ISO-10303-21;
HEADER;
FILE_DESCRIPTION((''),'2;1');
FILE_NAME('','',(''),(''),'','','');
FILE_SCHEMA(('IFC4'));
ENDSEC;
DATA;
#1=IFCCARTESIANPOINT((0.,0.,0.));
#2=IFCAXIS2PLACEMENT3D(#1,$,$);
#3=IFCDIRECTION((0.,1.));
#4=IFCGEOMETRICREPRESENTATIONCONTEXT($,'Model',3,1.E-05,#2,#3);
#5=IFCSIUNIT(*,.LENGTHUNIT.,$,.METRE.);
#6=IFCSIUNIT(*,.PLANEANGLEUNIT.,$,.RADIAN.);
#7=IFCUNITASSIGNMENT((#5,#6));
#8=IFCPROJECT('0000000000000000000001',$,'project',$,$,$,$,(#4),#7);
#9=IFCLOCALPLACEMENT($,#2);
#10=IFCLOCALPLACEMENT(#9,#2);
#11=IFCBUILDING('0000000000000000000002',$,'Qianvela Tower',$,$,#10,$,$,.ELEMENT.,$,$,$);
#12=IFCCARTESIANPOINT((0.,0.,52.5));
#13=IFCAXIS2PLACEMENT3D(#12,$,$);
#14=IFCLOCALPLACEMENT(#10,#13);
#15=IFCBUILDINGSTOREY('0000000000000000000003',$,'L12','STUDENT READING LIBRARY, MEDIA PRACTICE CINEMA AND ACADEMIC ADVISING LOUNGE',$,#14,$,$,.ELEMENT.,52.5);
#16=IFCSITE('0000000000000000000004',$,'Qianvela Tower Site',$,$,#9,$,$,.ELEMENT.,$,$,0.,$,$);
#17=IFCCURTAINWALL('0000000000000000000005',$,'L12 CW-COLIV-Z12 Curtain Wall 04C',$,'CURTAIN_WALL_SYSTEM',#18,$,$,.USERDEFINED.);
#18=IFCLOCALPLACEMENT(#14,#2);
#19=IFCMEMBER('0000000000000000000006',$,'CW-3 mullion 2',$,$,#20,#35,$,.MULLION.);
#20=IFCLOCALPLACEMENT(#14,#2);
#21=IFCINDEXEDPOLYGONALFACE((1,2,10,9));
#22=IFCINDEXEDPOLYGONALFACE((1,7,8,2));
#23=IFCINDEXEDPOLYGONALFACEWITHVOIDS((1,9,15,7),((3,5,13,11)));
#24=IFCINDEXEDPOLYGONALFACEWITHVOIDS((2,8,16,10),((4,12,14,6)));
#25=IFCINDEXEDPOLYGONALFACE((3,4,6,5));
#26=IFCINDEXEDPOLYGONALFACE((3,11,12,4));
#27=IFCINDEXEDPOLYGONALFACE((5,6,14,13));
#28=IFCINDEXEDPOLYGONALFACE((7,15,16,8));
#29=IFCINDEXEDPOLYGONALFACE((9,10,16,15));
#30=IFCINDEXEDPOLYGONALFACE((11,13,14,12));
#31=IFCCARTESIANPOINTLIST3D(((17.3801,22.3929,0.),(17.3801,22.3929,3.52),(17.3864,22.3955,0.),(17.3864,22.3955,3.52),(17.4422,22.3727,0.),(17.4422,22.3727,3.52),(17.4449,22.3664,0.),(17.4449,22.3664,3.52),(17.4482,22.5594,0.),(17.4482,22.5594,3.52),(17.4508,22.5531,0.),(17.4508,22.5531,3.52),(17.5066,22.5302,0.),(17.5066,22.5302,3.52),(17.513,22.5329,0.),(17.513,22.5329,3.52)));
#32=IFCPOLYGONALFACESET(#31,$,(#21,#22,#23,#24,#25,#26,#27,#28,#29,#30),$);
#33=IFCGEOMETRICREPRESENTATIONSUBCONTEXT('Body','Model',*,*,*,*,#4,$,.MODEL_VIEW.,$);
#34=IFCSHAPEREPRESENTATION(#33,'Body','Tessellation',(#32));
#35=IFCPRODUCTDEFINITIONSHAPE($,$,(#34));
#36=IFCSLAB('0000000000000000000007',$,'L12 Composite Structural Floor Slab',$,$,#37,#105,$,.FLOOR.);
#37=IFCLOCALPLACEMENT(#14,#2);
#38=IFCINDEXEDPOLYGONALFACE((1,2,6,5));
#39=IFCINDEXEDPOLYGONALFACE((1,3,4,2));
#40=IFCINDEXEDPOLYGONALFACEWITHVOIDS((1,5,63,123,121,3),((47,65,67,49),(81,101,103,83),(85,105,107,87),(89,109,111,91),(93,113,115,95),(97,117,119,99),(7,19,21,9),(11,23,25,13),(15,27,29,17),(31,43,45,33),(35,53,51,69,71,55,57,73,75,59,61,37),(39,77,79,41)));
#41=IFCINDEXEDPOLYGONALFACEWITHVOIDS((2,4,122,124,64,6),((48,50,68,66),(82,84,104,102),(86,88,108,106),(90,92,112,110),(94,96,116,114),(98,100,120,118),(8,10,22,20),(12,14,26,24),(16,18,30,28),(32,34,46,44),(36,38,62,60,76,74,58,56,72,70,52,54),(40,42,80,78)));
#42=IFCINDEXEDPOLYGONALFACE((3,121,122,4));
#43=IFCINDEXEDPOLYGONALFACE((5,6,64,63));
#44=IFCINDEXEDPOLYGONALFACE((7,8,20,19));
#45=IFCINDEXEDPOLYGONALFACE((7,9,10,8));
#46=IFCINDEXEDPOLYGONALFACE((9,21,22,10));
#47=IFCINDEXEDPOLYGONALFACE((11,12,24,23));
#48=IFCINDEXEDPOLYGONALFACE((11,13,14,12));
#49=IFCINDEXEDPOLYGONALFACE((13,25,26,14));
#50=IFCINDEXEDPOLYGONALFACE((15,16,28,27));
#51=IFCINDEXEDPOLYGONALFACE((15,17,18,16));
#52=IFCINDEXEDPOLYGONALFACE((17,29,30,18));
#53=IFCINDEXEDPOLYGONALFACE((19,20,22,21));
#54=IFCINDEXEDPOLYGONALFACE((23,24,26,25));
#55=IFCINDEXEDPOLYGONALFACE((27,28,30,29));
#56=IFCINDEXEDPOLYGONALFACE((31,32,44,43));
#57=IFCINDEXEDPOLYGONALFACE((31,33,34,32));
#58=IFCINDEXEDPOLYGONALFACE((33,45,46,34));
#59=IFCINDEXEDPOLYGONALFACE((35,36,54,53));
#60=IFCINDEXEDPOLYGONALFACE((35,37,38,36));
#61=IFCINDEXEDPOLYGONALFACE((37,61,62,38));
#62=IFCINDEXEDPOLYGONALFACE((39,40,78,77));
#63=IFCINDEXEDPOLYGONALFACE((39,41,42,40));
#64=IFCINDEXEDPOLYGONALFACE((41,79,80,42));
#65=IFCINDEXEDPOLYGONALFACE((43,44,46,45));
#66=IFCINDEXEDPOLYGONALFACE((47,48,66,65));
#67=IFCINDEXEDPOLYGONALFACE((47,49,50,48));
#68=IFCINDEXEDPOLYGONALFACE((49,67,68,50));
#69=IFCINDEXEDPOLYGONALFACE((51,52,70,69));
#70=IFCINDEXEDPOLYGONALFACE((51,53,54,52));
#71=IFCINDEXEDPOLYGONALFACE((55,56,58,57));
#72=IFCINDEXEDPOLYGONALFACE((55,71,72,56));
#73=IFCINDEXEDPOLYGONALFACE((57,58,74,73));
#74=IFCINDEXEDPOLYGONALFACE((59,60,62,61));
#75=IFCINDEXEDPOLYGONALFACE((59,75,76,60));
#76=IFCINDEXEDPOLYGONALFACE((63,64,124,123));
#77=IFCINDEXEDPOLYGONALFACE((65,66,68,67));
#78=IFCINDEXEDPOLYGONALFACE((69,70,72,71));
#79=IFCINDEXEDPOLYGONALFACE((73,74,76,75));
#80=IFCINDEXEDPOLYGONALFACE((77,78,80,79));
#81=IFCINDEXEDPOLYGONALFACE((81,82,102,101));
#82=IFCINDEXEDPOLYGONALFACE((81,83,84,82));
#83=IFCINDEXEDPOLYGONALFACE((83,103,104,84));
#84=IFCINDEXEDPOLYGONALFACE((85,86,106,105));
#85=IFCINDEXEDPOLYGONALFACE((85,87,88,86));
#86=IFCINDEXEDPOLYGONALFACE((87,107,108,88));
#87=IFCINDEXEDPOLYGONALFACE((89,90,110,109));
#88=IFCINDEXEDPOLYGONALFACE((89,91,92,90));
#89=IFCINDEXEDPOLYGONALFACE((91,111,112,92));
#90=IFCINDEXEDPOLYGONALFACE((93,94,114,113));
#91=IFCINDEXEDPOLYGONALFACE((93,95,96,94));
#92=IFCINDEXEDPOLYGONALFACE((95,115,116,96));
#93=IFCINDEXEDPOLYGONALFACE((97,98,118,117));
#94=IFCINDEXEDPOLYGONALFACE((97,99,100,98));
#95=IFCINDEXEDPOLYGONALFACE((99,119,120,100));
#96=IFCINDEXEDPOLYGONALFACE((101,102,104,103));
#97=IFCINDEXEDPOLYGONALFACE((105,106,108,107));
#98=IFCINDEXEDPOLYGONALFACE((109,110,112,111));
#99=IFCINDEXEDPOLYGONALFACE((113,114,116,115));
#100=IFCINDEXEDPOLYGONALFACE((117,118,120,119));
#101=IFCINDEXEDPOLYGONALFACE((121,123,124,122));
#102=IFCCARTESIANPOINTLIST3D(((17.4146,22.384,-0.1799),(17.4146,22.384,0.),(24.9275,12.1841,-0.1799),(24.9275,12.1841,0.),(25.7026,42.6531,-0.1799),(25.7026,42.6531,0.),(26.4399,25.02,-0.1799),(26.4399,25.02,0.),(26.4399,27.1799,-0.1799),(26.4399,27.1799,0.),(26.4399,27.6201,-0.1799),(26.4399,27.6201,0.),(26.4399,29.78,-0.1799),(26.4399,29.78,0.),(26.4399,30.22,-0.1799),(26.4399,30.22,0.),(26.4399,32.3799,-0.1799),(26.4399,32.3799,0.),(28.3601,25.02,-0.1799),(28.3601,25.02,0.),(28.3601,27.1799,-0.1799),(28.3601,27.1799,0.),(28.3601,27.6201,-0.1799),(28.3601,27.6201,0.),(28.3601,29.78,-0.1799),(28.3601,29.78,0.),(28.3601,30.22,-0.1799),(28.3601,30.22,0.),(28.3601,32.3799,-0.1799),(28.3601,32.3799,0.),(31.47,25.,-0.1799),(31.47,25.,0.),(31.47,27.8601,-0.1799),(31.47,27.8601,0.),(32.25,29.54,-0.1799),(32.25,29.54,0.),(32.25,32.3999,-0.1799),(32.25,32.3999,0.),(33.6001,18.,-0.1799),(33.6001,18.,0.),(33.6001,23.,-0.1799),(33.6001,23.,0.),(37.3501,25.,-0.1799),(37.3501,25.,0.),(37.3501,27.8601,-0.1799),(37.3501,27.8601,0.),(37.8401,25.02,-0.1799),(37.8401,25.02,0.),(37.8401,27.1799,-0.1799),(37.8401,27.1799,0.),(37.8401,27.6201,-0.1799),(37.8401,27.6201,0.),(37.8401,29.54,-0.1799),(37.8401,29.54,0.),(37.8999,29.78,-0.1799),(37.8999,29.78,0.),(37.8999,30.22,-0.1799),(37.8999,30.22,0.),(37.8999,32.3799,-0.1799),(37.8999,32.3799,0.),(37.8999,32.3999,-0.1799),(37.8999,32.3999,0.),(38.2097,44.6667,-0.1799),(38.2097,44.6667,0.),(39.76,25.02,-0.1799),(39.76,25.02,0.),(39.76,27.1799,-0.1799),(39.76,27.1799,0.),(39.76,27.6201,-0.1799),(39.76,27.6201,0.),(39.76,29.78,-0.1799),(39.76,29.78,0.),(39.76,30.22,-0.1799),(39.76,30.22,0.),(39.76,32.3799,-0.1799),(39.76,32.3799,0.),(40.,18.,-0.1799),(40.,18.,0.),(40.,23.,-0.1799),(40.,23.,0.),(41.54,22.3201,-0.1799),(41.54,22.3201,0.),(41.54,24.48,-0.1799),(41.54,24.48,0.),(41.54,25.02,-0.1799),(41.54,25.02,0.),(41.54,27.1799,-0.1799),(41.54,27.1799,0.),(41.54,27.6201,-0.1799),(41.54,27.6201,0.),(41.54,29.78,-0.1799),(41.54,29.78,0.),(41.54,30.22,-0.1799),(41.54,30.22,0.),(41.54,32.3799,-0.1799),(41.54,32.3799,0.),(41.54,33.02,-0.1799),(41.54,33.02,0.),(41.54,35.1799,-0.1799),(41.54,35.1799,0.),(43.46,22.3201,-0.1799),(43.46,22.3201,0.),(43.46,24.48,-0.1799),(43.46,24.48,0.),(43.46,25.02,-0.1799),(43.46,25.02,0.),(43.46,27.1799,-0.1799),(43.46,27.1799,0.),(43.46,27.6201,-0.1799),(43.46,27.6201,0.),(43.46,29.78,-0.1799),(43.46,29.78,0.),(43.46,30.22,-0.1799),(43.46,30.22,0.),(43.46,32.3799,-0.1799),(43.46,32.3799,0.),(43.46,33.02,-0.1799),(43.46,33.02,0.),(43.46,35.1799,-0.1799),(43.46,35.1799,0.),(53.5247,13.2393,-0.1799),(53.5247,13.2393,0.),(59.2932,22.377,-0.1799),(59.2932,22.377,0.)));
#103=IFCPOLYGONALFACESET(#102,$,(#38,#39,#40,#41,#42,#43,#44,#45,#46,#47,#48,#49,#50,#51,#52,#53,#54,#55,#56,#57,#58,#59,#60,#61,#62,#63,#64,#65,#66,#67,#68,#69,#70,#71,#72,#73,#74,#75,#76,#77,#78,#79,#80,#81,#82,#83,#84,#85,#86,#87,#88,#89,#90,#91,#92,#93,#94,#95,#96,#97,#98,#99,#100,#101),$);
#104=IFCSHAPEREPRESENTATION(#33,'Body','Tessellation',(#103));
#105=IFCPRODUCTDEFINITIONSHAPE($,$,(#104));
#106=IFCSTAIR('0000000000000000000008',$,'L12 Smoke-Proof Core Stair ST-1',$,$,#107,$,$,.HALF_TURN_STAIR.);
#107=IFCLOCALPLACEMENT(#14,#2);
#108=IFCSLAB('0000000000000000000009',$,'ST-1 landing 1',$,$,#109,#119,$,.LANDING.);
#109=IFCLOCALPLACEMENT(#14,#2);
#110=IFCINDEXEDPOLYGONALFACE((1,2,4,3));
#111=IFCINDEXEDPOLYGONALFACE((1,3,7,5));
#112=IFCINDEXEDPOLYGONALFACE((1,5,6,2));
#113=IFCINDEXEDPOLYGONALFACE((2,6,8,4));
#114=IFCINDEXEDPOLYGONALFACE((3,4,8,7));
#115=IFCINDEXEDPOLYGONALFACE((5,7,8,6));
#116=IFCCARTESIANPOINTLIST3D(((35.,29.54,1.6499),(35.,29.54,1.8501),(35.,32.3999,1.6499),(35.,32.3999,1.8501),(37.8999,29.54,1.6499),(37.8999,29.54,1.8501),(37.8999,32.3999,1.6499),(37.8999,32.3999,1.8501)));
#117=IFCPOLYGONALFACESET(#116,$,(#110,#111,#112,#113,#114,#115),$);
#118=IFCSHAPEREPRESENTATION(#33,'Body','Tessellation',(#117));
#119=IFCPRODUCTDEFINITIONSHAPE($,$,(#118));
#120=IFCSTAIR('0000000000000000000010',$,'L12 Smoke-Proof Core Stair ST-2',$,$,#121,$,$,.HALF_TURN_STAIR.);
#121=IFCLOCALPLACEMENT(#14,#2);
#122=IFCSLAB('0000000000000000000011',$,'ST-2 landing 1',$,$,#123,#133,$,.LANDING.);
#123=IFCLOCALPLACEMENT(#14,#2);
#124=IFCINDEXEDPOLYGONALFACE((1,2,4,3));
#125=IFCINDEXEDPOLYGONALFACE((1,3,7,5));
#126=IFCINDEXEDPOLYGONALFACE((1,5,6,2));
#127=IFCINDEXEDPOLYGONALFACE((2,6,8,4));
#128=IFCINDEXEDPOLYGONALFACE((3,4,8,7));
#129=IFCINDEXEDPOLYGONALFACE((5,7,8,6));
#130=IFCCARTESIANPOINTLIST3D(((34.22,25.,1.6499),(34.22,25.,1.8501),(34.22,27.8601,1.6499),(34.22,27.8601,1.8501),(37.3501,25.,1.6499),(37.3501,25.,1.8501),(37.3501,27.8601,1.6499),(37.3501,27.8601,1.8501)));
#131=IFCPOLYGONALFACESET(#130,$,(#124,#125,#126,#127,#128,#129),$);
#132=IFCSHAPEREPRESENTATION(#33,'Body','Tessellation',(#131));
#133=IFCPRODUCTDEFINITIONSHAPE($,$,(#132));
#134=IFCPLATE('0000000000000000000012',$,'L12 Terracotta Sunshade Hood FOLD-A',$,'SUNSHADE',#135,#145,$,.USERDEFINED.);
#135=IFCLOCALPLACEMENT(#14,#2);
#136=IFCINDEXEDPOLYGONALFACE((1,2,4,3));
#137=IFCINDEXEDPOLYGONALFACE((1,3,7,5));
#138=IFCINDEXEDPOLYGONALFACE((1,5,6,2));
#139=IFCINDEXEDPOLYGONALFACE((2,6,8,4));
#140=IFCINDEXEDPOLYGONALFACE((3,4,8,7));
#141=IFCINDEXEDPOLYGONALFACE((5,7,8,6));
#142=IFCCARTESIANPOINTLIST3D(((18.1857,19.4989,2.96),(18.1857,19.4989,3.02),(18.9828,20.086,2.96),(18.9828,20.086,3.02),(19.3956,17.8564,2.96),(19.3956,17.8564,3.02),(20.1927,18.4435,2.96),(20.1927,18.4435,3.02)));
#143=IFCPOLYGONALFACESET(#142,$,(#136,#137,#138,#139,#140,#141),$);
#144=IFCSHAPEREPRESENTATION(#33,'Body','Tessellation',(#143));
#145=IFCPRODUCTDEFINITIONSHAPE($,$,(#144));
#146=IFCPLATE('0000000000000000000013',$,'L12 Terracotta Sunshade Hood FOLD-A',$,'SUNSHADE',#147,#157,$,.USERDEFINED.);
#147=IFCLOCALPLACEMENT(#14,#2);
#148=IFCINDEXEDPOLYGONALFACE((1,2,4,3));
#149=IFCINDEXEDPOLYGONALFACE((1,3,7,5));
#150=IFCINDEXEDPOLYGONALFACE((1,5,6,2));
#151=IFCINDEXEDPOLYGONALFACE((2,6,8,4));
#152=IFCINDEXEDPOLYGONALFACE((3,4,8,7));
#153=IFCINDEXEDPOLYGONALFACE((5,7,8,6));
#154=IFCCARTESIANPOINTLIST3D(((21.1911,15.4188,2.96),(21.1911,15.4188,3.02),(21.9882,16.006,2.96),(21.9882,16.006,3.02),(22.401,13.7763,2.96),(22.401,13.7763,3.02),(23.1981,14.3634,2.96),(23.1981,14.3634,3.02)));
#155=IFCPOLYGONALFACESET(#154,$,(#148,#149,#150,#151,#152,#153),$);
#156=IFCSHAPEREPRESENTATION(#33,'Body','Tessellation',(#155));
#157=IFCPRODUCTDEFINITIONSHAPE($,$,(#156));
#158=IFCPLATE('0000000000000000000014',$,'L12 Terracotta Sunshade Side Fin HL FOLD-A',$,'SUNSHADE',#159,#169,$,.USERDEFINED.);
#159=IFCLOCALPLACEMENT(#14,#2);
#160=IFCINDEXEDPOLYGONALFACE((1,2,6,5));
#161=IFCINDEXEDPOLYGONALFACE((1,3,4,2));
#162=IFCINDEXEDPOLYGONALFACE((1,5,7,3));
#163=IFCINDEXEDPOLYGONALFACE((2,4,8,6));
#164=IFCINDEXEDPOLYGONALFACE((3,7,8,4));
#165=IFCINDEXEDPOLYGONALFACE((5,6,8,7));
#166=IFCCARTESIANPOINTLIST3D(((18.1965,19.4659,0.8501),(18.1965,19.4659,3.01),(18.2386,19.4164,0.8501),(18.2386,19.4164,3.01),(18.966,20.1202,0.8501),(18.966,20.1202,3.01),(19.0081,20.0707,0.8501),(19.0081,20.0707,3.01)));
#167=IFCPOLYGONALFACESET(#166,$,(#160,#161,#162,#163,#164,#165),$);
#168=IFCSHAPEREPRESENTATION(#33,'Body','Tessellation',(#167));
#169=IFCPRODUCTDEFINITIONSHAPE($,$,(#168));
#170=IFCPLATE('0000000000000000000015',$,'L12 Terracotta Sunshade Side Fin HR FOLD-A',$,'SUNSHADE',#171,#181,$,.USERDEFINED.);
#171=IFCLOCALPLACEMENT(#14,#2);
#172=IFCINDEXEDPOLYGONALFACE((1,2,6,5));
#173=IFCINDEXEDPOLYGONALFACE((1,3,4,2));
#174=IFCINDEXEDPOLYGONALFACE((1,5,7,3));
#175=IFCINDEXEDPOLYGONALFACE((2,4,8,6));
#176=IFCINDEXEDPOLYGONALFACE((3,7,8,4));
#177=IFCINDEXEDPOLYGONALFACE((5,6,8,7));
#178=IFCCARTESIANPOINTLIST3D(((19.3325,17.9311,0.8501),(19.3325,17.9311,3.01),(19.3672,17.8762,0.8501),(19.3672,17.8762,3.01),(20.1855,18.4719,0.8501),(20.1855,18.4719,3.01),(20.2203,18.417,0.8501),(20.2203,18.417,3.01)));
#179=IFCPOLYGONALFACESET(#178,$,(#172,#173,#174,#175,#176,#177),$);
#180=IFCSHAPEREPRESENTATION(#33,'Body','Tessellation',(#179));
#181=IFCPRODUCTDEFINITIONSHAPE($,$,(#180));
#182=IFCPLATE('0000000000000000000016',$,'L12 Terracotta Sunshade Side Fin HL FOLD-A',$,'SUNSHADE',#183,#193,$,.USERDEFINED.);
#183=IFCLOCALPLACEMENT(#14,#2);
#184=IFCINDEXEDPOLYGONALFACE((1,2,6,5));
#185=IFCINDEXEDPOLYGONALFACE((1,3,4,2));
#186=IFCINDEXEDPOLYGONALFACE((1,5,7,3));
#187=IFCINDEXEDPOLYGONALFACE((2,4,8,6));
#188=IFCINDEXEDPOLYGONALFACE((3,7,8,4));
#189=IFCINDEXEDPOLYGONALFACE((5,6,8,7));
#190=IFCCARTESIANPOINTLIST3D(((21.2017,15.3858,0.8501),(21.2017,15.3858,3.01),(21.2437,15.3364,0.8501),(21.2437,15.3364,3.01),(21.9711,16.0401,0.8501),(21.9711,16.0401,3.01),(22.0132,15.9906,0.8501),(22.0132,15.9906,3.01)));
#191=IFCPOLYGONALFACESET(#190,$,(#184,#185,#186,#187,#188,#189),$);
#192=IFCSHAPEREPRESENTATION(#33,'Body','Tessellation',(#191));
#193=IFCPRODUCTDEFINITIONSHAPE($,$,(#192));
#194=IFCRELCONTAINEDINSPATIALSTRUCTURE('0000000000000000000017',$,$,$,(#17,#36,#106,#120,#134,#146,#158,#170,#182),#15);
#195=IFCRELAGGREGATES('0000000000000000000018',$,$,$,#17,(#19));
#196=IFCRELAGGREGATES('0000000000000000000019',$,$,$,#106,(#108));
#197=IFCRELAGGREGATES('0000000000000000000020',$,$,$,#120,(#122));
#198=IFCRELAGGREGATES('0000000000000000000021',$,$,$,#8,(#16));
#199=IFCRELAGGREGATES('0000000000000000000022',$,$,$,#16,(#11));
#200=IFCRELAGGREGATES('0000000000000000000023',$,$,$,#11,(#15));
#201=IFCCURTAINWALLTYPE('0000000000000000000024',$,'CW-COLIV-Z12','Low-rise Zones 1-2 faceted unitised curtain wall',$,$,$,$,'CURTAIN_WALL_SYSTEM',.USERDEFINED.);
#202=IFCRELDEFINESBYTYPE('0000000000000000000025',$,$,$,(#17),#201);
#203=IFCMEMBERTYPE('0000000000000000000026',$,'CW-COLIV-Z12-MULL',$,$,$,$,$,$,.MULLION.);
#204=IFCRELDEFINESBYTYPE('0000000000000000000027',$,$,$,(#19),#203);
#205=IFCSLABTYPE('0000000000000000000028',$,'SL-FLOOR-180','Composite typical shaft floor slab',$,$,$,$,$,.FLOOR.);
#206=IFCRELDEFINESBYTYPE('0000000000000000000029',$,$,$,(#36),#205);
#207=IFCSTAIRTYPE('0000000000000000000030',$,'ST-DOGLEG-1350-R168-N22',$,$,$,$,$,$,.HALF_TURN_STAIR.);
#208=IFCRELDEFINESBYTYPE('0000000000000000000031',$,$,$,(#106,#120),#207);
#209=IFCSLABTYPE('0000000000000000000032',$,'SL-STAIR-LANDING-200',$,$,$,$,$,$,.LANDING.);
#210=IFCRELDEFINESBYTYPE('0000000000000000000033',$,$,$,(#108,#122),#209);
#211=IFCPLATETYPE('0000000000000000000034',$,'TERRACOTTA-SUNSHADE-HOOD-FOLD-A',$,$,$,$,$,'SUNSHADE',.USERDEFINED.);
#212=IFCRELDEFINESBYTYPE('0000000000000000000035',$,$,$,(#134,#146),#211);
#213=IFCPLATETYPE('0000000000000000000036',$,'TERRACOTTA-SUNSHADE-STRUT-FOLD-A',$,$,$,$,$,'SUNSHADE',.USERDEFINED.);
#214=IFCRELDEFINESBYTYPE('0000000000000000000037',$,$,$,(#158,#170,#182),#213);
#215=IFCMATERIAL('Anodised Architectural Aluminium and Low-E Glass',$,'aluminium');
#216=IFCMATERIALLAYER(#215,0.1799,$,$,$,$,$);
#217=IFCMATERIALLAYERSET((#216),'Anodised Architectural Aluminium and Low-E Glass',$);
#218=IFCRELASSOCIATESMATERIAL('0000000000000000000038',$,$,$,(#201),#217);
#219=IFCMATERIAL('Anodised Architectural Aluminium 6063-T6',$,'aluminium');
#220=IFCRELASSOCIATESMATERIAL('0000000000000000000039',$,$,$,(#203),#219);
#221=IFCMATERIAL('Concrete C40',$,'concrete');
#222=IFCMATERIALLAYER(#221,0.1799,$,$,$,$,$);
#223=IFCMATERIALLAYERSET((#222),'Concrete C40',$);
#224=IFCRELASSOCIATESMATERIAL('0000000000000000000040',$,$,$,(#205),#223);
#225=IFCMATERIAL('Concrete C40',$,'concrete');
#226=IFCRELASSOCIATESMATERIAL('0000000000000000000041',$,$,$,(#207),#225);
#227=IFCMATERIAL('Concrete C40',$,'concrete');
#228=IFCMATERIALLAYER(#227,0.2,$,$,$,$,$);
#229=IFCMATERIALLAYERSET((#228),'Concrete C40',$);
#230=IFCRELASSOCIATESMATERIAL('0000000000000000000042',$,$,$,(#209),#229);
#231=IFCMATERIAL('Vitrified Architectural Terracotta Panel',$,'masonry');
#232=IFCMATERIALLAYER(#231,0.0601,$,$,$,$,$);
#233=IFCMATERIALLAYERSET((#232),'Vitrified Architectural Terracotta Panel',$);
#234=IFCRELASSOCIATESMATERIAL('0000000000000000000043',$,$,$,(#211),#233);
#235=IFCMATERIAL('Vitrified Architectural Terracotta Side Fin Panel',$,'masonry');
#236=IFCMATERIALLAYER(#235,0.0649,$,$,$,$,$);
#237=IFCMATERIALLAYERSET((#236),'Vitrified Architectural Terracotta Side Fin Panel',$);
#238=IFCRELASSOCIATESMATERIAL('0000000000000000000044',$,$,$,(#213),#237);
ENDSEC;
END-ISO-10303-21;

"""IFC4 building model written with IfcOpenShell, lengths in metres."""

from ifc_helpers import new_model, si_unit, direction, frame, origin, origin_2d, place, context, subcontext, project, spatial, polyline, rectangle, hollow_rectangle, outline, extrude, material, layer, layer_set, material_profile, profile_set, type_object, element, aggregate, save


model = new_model("IFC4")

# Units and contexts
model_context = context("Model", 3, precision=1e-05, world=origin(), true_north=direction((0.0, 1.0)))
body_context = subcontext(model_context, "Body", "Model", "MODEL_VIEW")
ifc_project = project(units=[si_unit("LENGTHUNIT", "METRE"), si_unit("PLANEANGLEUNIT", "RADIAN")], contexts=[model_context])

# Site, building, storey
site_placement = place(None, origin())
site = spatial("IfcSite", under=ifc_project, at=site_placement, Name="Qianvela Tower Site", CompositionType="ELEMENT", RefElevation=0.0)
building_placement = place(site_placement, origin())
building = spatial("IfcBuilding", under=site, at=building_placement, Name="Qianvela Tower", CompositionType="ELEMENT")
storey_placement = place(building_placement, frame((0.0, 0.0, 52.5)))
storey = spatial("IfcBuildingStorey", under=building, at=storey_placement, Name="L12", Description="STUDENT READING LIBRARY, MEDIA PRACTICE CINEMA AND ACADEMIC ADVISING LOUNGE", CompositionType="ELEMENT", Elevation=52.5)

# Curtain wall, member
ifc_material_1 = material(Name="Anodised Architectural Aluminium and Low-E Glass", Category="aluminium")
ifc_layer_1 = layer(ifc_material_1, 0.1799)
ifc_layer_set_1 = layer_set([ifc_layer_1], Name="Anodised Architectural Aluminium and Low-E Glass")
curtain_wall_type = type_object("IfcCurtainWallType", Name="CW-COLIV-Z12", Description="Low-rise Zones 1-2 faceted unitised curtain wall", ElementType="CURTAIN_WALL_SYSTEM", PredefinedType="USERDEFINED", material=ifc_layer_set_1)
curtain_wall_placement = place(storey_placement, origin())
curtain_wall = element("IfcCurtainWall", 1, at=curtain_wall_placement, inside=storey, type_object=curtain_wall_type, Name="L12 CW-COLIV-Z12 Curtain Wall 04C", ObjectType="CURTAIN_WALL_SYSTEM", PredefinedType="USERDEFINED")
ifc_material_2 = material(Name="Anodised Architectural Aluminium 6063-T6", Category="aluminium")
ifc_material_profile = material_profile(ifc_material_2, hollow_rectangle(XDim=0.0701, YDim=0.1799, WallThickness=0.0049, at=origin_2d()), Name="ALU-MULL-70x180")
ifc_profile_set = profile_set([ifc_material_profile], Name="Anodised Architectural Aluminium 6063-T6")
member_type = type_object("IfcMemberType", Name="CW-COLIV-Z12-MULL", PredefinedType="MULLION", material=ifc_profile_set)
member_placement = place(storey_placement, frame((17.4465, 22.4629, 0.0), z_axis=(0.0, 0.0, 1.0), x_axis=(0.925603, -0.378495, 0.0)))
member = element("IfcMember", 2, at=member_placement, type_object=member_type, Name="CW-3 mullion 2", PredefinedType="MULLION", context=body_context, shape_type="SweptSolid", body=[
    extrude(hollow_rectangle(XDim=0.0701, YDim=0.1799, WallThickness=0.0049, at=origin_2d()), origin(), (0.0, 0.0, 1.0), 3.52),
])
aggregate(curtain_wall, [member])

# Slab
ifc_material_3 = material(Name="Concrete C40", Category="concrete")
ifc_layer_2 = layer(ifc_material_3, 0.1799)
ifc_layer_set_2 = layer_set([ifc_layer_2], Name="Concrete C40")
slab_type_1 = type_object("IfcSlabType", Name="SL-FLOOR-180", Description="Composite typical shaft floor slab", PredefinedType="FLOOR", material=ifc_layer_set_2)
slab_1_placement = place(storey_placement, frame((0.0, 0.0, -0.1799)))
element("IfcSlab", 3, at=slab_1_placement, inside=storey, type_object=slab_type_1, Name="L12 Composite Structural Floor Slab", PredefinedType="FLOOR", context=body_context, shape_type="SweptSolid", body=[
    extrude(outline(polyline([(53.5247, 13.2393), (59.2932, 22.377), (38.2097, 44.6667), (25.7026, 42.6531), (17.4146, 22.384), (24.9275, 12.1841), (53.5247, 13.2393)]), holes=[polyline([(40.0, 23.0), (33.6001, 23.0), (33.6001, 18.0), (40.0, 18.0), (40.0, 23.0)]), polyline([(28.3601, 25.02), (28.3601, 27.1799), (26.4399, 27.1799), (26.4399, 25.02), (28.3601, 25.02)]), polyline([(37.3501, 25.0), (37.3501, 27.8601), (31.47, 27.8601), (31.47, 25.0), (37.3501, 25.0)]), polyline([(28.3601, 27.6201), (28.3601, 29.78), (26.4399, 29.78), (26.4399, 27.6201), (28.3601, 27.6201)]), polyline([(37.8999, 32.3799), (37.8999, 32.3999), (32.25, 32.3999), (32.25, 29.54), (37.8401, 29.54), (37.8401, 27.6201), (39.76, 27.6201), (39.76, 29.78), (37.8999, 29.78), (37.8999, 30.22), (39.76, 30.22), (39.76, 32.3799), (37.8999, 32.3799)]), polyline([(28.3601, 30.22), (28.3601, 32.3799), (26.4399, 32.3799), (26.4399, 30.22), (28.3601, 30.22)]), polyline([(43.46, 24.48), (41.54, 24.48), (41.54, 22.3201), (43.46, 22.3201), (43.46, 24.48)]), polyline([(39.76, 25.02), (39.76, 27.1799), (37.8401, 27.1799), (37.8401, 25.02), (39.76, 25.02)]), polyline([(43.46, 25.02), (43.46, 27.1799), (41.54, 27.1799), (41.54, 25.02), (43.46, 25.02)]), polyline([(43.46, 27.6201), (43.46, 29.78), (41.54, 29.78), (41.54, 27.6201), (43.46, 27.6201)]), polyline([(43.46, 30.22), (43.46, 32.3799), (41.54, 32.3799), (41.54, 30.22), (43.46, 30.22)]), polyline([(43.46, 33.02), (43.46, 35.1799), (41.54, 35.1799), (41.54, 33.02), (43.46, 33.02)])]), origin(), (0.0, 0.0, 1.0), 0.1799),
])

# Stairs, slabs
ifc_material_4 = material(Name="Concrete C40", Category="concrete")
stair_type = type_object("IfcStairType", Name="ST-DOGLEG-1350-R168-N22", PredefinedType="HALF_TURN_STAIR", material=ifc_material_4)
stair_1_placement = place(storey_placement, origin())
stair_1 = element("IfcStair", 4, at=stair_1_placement, inside=storey, type_object=stair_type, Name="L12 Smoke-Proof Core Stair ST-1", PredefinedType="HALF_TURN_STAIR")
ifc_material_5 = material(Name="Concrete C40", Category="concrete")
ifc_layer_3 = layer(ifc_material_5, 0.2)
ifc_layer_set_3 = layer_set([ifc_layer_3], Name="Concrete C40")
slab_type_2 = type_object("IfcSlabType", Name="SL-STAIR-LANDING-200", PredefinedType="LANDING", material=ifc_layer_set_3)
slab_2_placement = place(storey_placement, frame((0.0, 0.0, 1.6499)))
slab_2 = element("IfcSlab", 5, at=slab_2_placement, type_object=slab_type_2, Name="ST-1 landing 1", PredefinedType="LANDING", context=body_context, shape_type="SweptSolid", body=[
    extrude(outline(polyline([(35.0, 29.54), (37.8999, 29.54), (37.8999, 32.3999), (35.0, 32.3999), (35.0, 29.54)])), origin(), (0.0, 0.0, 1.0), 0.2002),
])
aggregate(stair_1, [slab_2])
stair_2_placement = place(storey_placement, origin())
stair_2 = element("IfcStair", 6, at=stair_2_placement, inside=storey, type_object=stair_type, Name="L12 Smoke-Proof Core Stair ST-2", PredefinedType="HALF_TURN_STAIR")
slab_3_placement = place(storey_placement, frame((0.0, 0.0, 1.6499)))
slab_3 = element("IfcSlab", 7, at=slab_3_placement, type_object=slab_type_2, Name="ST-2 landing 1", PredefinedType="LANDING", context=body_context, shape_type="SweptSolid", body=[
    extrude(outline(polyline([(34.22, 25.0), (37.3501, 25.0), (37.3501, 27.8601), (34.22, 27.8601), (34.22, 25.0)])), origin(), (0.0, 0.0, 1.0), 0.2002),
])
aggregate(stair_2, [slab_3])

# Plates
ifc_material_6 = material(Name="Vitrified Architectural Terracotta Panel", Category="masonry")
ifc_layer_4 = layer(ifc_material_6, 0.0601)
ifc_layer_set_4 = layer_set([ifc_layer_4], Name="Vitrified Architectural Terracotta Panel")
plate_type_1 = type_object("IfcPlateType", Name="TERRACOTTA-SUNSHADE-HOOD-FOLD-A", ElementType="SUNSHADE", PredefinedType="USERDEFINED", material=ifc_layer_set_4)
for number, where, z_axis, x_axis, name in (
    (8, (19.1892, 18.9712, 2.96), (0.0, 0.0, 1.0), (0.593051, -0.805165, 0.0), "L12 Terracotta Sunshade Hood FOLD-A"),
    (9, (22.1946, 14.8911, 2.96), (0.0, 0.0, 1.0), (0.593051, -0.805165, 0.0), "L12 Terracotta Sunshade Hood FOLD-A"),
):
    element("IfcPlate", number, at=place(storey_placement, frame(where, z_axis=z_axis, x_axis=x_axis)), inside=storey, type_object=plate_type_1, Name=name, ObjectType="SUNSHADE", PredefinedType="USERDEFINED", context=body_context, shape_type="SweptSolid", body=[
        extrude(rectangle(XDim=2.04, YDim=0.99, at=origin_2d()), origin(), (0.0, 0.0, 1.0), 0.0601),
    ])
ifc_material_7 = material(Name="Vitrified Architectural Terracotta Side Fin Panel", Category="masonry")
ifc_layer_5 = layer(ifc_material_7, 0.0649)
ifc_layer_set_5 = layer_set([ifc_layer_5], Name="Vitrified Architectural Terracotta Side Fin Panel")
plate_type_2 = type_object("IfcPlateType", Name="TERRACOTTA-SUNSHADE-STRUT-FOLD-A", ElementType="SUNSHADE", PredefinedType="USERDEFINED", material=ifc_layer_set_5)
for number, where, z_axis, x_axis, name in (
    (10, (18.6023, 19.7683, 0.8501), (0.0, 0.0, 1.0), (0.647772, -0.761835, 0.0), "L12 Terracotta Sunshade Side Fin HL FOLD-A"),
    (11, (19.7764, 18.1741, 0.8501), (0.0, 0.0, 1.0), (0.535441, -0.844573, 0.0), "L12 Terracotta Sunshade Side Fin HR FOLD-A"),
    (12, (21.6074, 15.6882, 0.8501), (0.0, 0.0, 1.0), (0.647772, -0.761835, 0.0), "L12 Terracotta Sunshade Side Fin HL FOLD-A"),
):
    element("IfcPlate", number, at=place(storey_placement, frame(where, z_axis=z_axis, x_axis=x_axis)), inside=storey, type_object=plate_type_2, Name=name, ObjectType="SUNSHADE", PredefinedType="USERDEFINED", context=body_context, shape_type="SweptSolid", body=[
        extrude(rectangle(XDim=0.0649, YDim=1.01, at=origin_2d()), origin(), (0.0, 0.0, 1.0), 2.1599),
    ])

save(model, "model.ifc")
